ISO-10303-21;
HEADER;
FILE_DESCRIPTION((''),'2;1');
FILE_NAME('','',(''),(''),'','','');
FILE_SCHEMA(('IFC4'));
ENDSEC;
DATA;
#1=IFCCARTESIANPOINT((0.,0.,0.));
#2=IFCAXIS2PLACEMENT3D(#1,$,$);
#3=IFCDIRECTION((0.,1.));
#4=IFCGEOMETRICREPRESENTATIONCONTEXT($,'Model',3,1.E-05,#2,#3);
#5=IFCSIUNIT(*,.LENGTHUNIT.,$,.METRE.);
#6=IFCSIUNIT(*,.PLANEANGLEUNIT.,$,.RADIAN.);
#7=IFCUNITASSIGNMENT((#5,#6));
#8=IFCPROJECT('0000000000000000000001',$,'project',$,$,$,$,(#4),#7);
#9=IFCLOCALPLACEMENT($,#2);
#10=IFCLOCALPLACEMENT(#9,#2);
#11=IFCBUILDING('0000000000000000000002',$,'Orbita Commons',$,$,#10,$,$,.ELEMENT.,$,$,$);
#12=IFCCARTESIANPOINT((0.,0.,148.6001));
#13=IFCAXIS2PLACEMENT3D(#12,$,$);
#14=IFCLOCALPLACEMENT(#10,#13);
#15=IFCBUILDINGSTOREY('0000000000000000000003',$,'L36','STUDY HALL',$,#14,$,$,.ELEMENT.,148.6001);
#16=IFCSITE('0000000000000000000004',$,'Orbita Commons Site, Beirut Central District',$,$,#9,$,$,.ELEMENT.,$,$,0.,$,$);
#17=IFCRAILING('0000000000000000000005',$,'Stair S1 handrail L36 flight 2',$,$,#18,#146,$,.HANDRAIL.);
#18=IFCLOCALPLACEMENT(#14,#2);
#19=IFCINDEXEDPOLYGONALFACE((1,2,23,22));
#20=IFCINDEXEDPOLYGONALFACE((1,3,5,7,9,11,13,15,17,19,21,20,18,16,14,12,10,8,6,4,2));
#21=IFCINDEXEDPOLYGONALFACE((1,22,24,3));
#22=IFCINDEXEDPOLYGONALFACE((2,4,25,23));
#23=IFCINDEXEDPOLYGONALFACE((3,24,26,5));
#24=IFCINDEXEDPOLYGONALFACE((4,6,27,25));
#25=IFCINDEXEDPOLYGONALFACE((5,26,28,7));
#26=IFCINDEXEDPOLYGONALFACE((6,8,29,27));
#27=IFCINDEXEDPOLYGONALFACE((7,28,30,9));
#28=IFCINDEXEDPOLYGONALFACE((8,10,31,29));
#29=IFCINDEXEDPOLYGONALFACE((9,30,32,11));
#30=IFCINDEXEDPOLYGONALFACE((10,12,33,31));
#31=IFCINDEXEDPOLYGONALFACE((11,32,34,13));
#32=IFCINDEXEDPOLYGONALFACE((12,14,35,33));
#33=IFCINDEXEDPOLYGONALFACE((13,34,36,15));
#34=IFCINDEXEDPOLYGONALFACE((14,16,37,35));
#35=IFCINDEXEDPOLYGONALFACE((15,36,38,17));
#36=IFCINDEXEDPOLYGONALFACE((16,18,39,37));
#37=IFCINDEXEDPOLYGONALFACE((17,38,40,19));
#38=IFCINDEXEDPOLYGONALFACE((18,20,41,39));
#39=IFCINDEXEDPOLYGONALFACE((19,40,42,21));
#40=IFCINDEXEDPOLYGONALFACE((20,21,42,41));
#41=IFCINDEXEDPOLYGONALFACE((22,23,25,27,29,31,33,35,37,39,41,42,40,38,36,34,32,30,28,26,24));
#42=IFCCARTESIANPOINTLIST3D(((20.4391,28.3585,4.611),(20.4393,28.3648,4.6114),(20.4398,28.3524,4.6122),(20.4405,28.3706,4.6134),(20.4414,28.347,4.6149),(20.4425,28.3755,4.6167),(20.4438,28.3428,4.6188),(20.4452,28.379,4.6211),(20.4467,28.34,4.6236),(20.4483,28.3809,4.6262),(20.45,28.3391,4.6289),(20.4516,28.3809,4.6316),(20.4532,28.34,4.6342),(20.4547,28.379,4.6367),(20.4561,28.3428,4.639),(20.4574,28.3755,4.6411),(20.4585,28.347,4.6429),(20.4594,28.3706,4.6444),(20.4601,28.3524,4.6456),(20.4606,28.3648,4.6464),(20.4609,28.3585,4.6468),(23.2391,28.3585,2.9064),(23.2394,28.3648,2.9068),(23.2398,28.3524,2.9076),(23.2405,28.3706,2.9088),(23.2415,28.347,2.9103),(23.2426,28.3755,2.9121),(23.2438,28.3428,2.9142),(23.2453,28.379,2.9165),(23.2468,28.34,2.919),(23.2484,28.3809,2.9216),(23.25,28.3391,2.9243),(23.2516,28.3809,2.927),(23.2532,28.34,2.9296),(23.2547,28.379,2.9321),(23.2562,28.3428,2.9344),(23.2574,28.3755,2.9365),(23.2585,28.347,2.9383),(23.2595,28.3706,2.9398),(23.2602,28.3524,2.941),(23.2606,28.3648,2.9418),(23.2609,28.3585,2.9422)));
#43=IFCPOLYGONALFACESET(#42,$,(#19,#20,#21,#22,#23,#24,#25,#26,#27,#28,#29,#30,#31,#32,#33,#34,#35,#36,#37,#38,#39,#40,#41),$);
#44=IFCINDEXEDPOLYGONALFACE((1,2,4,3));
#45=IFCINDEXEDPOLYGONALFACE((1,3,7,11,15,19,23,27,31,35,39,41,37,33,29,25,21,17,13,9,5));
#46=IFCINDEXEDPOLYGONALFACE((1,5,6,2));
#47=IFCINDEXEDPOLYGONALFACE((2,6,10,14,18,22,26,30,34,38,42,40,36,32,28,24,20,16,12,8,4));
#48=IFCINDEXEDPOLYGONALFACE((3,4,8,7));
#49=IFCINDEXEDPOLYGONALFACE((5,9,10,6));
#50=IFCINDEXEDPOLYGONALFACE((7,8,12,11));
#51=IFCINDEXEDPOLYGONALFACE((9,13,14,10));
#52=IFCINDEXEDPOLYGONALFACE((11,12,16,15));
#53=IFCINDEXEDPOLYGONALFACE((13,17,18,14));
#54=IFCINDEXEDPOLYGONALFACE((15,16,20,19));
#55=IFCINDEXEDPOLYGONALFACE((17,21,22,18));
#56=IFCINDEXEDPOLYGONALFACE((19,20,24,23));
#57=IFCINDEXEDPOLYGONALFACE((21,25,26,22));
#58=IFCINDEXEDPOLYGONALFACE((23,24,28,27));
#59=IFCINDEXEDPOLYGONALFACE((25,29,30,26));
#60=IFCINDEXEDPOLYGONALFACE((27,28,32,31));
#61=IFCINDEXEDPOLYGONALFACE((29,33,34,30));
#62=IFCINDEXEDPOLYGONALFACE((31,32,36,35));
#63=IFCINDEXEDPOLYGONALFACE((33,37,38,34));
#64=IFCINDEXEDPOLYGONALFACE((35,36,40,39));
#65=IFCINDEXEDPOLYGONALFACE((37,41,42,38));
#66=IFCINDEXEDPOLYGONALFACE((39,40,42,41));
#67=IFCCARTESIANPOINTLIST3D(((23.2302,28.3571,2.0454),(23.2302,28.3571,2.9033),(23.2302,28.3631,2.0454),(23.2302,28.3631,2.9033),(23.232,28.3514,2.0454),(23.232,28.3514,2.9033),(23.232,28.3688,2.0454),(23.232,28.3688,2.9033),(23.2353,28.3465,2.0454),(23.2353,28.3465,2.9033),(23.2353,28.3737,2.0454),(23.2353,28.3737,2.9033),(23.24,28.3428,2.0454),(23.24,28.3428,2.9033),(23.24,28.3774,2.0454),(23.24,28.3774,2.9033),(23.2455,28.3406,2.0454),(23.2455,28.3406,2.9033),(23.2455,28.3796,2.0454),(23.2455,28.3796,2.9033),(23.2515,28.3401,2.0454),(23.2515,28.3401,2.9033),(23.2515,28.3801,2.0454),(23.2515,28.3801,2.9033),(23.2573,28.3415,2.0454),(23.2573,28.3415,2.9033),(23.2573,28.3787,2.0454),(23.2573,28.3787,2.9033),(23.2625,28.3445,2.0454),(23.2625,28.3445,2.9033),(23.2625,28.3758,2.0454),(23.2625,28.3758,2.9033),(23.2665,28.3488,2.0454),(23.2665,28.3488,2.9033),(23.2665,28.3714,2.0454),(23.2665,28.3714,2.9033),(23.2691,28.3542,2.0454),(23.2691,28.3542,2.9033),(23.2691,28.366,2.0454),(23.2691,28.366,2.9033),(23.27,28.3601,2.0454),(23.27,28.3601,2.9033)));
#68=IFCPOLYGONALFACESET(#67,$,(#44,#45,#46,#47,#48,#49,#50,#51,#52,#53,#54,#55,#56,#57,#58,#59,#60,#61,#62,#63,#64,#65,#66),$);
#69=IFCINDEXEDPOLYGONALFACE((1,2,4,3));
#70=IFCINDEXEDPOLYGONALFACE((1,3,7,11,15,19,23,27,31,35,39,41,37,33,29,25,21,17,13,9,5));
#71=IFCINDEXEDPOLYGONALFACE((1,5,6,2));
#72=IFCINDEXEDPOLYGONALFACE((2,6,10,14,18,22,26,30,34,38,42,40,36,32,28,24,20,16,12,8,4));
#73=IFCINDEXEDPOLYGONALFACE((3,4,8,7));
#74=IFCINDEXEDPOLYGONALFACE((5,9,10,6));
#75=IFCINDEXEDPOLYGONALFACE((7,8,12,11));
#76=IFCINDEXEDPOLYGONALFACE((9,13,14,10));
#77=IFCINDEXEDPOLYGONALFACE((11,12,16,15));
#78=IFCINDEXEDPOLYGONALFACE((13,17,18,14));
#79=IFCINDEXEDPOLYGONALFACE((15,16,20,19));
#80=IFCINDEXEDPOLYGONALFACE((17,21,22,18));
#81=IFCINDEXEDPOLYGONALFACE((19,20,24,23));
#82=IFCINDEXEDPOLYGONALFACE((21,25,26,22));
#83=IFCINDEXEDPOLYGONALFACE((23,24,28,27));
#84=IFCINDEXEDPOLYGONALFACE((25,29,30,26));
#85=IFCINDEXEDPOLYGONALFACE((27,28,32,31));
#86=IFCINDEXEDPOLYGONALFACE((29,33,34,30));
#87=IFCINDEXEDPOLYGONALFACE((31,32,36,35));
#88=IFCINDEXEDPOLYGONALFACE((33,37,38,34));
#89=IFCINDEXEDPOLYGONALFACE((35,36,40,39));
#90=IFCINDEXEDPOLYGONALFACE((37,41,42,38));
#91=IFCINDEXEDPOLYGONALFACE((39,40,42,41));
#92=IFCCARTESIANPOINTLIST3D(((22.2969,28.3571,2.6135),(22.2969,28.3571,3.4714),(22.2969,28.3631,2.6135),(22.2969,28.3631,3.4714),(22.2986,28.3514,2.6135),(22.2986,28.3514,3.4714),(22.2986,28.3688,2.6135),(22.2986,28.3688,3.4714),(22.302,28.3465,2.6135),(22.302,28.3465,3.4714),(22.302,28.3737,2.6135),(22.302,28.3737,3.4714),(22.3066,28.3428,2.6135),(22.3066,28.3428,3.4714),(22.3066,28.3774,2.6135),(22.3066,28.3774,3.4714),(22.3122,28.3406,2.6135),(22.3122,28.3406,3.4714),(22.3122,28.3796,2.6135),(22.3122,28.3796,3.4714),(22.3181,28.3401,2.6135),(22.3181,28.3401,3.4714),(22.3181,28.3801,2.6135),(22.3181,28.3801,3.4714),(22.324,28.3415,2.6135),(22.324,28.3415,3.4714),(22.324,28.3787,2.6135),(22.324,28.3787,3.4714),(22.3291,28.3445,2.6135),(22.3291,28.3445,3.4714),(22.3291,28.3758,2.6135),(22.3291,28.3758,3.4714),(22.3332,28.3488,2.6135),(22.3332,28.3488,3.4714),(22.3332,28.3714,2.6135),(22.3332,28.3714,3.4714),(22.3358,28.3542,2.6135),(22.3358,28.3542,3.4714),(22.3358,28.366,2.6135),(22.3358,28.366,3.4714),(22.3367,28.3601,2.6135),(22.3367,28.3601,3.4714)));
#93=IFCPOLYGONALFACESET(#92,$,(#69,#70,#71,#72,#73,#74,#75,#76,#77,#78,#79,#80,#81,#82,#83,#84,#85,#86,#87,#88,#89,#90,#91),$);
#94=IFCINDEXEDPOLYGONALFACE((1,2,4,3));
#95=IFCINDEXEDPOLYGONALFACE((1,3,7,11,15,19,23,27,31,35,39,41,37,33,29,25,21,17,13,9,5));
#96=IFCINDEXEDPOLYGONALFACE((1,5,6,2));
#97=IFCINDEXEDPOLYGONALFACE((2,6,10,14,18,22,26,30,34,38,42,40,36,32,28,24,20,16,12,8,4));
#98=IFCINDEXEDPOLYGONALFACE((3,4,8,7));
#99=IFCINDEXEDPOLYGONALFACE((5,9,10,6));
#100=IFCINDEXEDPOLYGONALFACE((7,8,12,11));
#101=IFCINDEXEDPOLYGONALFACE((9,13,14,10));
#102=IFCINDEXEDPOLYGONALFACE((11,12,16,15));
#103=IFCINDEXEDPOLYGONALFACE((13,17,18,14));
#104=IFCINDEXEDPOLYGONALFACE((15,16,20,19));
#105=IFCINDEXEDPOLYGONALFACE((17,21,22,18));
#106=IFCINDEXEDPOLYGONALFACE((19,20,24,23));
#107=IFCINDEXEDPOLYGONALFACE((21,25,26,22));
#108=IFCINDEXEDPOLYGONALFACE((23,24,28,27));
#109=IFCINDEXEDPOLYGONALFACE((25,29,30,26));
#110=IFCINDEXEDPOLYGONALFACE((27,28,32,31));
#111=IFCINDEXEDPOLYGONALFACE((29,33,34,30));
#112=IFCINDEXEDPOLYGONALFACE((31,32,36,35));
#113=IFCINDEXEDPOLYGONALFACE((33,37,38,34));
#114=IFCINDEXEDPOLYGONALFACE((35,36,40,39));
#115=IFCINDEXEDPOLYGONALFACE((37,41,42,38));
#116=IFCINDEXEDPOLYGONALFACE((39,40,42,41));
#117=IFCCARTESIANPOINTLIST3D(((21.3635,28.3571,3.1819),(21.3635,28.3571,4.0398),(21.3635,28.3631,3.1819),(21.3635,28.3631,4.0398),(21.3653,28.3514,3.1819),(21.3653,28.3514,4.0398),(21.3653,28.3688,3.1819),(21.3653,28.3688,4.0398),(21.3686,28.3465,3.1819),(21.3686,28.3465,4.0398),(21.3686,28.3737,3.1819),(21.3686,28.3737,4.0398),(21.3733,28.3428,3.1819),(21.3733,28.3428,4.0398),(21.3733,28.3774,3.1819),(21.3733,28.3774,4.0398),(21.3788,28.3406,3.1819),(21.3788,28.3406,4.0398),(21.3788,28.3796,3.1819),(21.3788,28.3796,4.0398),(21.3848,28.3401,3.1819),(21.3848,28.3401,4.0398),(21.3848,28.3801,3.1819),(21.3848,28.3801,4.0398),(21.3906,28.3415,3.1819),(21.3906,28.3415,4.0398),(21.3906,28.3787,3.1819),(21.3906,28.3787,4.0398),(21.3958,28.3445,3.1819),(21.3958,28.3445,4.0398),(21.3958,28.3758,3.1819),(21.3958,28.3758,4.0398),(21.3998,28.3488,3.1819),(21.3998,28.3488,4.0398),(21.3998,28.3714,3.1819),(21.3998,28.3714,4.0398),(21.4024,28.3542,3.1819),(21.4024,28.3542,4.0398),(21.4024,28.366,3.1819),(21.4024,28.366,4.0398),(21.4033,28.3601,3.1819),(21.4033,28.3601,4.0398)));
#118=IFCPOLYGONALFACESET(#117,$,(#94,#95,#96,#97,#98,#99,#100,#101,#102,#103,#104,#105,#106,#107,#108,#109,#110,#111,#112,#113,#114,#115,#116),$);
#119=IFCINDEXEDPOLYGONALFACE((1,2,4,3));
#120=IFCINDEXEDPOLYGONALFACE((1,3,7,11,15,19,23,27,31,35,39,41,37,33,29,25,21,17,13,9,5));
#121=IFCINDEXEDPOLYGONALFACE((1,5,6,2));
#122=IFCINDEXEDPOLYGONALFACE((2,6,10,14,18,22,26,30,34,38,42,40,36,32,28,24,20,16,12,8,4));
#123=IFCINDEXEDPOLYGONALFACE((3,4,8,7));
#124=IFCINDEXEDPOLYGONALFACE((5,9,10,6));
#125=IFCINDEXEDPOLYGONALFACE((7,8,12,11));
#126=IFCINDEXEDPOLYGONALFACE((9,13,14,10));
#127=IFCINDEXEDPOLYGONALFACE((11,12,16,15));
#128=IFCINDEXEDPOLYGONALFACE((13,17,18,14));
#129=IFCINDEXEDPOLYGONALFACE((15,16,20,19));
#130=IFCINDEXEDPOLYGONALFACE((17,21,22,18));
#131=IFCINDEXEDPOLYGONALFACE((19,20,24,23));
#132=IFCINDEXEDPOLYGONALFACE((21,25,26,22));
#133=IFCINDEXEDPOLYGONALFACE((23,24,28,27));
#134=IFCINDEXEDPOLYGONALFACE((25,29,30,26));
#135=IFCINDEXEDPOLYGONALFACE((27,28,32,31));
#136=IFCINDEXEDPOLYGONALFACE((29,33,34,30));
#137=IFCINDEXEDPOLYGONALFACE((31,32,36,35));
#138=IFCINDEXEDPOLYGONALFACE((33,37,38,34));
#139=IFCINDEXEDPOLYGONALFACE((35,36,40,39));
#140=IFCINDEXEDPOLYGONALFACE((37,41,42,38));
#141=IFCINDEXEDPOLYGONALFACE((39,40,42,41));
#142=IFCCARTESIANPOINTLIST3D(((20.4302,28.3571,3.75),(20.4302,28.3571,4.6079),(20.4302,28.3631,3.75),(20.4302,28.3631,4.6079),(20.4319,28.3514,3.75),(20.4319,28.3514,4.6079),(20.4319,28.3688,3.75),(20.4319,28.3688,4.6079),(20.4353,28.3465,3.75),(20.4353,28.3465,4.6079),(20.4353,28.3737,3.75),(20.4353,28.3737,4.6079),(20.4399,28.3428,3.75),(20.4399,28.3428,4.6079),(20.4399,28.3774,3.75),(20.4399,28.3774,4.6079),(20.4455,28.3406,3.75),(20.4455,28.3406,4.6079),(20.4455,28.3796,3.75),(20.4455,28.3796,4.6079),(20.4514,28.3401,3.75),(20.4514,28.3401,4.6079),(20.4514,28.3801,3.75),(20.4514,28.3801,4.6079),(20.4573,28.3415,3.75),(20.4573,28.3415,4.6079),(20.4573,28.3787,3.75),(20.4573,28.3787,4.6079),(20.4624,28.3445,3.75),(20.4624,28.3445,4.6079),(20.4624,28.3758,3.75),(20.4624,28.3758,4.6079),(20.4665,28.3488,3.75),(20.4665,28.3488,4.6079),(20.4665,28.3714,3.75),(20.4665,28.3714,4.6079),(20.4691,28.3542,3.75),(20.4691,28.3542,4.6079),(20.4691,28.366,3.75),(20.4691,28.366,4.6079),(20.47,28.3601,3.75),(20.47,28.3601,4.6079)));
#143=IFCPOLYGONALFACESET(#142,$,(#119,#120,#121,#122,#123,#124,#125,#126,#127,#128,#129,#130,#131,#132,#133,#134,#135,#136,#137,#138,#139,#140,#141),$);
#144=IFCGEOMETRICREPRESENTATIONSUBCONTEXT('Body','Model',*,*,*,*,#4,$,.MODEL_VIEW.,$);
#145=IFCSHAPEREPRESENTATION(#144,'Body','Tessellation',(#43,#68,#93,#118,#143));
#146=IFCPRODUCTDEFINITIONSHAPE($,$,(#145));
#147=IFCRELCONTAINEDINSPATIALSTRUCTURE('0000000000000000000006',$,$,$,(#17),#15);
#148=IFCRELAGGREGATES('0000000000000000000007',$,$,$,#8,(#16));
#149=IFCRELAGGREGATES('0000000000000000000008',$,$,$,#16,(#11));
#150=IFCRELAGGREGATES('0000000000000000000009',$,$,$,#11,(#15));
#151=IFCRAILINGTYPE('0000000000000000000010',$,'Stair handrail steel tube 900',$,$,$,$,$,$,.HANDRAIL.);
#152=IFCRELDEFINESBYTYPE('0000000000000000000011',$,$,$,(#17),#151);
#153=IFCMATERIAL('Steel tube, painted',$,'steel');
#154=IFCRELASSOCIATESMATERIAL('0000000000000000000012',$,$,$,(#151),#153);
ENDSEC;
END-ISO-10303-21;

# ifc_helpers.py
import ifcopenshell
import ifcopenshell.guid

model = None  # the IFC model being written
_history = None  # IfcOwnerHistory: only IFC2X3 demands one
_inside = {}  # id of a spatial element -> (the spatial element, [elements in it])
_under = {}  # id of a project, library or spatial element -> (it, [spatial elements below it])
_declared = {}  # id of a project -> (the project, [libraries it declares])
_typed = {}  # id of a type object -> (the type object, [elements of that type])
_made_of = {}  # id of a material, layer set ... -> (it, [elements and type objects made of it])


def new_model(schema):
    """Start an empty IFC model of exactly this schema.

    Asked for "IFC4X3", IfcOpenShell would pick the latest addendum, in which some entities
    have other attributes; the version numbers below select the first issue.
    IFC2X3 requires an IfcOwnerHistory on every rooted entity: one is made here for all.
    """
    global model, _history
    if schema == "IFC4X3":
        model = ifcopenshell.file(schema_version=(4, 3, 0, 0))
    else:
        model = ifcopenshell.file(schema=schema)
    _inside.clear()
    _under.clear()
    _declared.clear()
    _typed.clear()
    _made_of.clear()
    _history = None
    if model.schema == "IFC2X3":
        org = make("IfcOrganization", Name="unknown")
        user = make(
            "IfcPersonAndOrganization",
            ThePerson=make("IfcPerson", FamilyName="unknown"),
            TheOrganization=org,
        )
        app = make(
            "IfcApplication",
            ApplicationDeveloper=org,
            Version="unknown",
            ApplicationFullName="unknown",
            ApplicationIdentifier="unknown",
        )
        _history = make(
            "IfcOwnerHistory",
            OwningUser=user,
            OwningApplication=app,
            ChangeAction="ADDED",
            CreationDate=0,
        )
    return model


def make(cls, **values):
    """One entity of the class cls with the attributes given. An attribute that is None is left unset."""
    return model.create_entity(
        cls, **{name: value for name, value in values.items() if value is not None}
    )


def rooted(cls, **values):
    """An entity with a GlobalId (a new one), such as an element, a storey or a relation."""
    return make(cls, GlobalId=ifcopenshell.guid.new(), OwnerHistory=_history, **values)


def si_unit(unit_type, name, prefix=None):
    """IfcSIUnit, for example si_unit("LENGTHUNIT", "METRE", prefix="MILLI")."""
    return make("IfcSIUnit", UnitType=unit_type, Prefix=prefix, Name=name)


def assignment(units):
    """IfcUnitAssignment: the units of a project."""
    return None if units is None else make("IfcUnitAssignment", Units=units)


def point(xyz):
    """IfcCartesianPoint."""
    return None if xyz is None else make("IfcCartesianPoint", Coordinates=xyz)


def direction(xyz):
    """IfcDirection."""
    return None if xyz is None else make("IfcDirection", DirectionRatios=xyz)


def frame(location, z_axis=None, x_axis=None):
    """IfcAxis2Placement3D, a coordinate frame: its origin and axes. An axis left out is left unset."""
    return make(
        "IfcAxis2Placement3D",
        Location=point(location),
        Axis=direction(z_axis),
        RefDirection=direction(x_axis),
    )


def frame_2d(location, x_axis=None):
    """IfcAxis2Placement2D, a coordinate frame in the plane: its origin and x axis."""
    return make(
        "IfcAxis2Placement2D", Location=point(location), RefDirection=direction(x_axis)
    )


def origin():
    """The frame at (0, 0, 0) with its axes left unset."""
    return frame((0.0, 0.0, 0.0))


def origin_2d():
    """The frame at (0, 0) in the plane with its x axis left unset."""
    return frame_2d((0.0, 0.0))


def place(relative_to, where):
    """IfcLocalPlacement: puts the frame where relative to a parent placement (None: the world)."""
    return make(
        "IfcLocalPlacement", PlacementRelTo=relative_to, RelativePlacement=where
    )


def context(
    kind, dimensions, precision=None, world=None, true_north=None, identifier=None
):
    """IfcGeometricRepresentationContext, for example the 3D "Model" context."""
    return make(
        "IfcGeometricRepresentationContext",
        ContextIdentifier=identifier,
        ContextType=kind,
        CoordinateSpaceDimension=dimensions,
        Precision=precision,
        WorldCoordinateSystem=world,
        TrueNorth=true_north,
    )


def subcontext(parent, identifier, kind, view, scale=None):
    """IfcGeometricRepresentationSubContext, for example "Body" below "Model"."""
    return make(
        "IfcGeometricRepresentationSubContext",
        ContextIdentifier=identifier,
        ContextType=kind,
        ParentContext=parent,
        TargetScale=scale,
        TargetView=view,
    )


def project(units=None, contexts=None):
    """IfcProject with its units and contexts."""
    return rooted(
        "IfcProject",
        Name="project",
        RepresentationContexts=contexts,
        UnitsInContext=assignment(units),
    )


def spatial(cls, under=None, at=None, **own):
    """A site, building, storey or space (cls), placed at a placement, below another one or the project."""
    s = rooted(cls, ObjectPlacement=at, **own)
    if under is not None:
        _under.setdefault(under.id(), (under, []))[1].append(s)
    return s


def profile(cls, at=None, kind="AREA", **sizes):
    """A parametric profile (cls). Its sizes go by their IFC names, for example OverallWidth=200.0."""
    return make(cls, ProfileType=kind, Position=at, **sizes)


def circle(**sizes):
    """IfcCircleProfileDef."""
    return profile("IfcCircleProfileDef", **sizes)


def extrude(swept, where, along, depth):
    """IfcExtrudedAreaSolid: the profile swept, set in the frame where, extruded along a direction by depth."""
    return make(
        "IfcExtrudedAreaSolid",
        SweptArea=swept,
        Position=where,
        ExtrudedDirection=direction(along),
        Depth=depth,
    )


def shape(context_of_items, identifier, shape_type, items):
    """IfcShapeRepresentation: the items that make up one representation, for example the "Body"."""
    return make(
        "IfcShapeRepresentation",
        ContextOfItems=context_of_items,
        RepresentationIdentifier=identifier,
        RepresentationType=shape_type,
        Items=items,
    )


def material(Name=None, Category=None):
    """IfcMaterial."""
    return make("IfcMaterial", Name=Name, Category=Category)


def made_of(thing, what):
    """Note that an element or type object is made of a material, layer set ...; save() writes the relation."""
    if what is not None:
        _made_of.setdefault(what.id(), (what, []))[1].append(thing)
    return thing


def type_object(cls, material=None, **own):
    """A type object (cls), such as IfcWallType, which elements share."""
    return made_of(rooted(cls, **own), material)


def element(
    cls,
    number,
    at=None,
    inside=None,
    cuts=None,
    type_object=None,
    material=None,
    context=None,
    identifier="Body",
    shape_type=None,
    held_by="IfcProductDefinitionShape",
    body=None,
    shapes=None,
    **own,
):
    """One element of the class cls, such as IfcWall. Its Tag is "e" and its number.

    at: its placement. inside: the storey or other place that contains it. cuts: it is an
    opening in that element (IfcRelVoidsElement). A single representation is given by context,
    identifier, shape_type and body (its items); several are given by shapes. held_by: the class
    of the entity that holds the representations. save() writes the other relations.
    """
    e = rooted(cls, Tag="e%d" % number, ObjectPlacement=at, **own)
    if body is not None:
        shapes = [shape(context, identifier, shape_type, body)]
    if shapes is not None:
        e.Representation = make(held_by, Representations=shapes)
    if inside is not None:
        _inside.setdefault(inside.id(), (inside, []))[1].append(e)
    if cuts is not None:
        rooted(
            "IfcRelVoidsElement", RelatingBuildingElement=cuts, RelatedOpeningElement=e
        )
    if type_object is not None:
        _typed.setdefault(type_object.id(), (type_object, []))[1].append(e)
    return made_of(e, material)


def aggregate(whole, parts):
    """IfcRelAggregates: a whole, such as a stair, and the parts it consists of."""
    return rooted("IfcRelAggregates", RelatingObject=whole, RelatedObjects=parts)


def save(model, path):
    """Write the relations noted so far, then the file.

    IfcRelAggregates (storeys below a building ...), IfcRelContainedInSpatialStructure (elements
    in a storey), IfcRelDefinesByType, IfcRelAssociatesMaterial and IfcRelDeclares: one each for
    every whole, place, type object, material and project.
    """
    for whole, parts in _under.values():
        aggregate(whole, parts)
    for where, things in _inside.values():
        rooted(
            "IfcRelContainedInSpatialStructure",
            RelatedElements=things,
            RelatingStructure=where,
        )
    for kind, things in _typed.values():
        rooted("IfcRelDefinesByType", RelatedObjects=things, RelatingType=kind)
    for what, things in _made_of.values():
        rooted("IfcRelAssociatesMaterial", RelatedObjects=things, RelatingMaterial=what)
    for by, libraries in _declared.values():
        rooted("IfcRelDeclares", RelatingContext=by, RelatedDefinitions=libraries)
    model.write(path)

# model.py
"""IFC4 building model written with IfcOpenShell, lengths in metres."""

from ifc_helpers import new_model, si_unit, direction, frame, origin, origin_2d, place, context, subcontext, project, spatial, circle, extrude, material, type_object, element, save


model = new_model("IFC4")

# Units and contexts
model_context = context("Model", 3, precision=1e-05, world=origin(), true_north=direction((0.0, 1.0)))
body_context = subcontext(model_context, "Body", "Model", "MODEL_VIEW")
ifc_project = project(units=[si_unit("LENGTHUNIT", "METRE"), si_unit("PLANEANGLEUNIT", "RADIAN")], contexts=[model_context])

# Site, building, storey
site_placement = place(None, origin())
site = spatial("IfcSite", under=ifc_project, at=site_placement, Name="Orbita Commons Site, Beirut Central District", CompositionType="ELEMENT", RefElevation=0.0)
building_placement = place(site_placement, origin())
building = spatial("IfcBuilding", under=site, at=building_placement, Name="Orbita Commons", CompositionType="ELEMENT")
storey_placement = place(building_placement, frame((0.0, 0.0, 148.6001)))
storey = spatial("IfcBuildingStorey", under=building, at=storey_placement, Name="L36", Description="STUDY HALL", CompositionType="ELEMENT", Elevation=148.6001)

# Railing
ifc_material_1 = material(Name="Steel tube, painted", Category="steel")
railing_type = type_object("IfcRailingType", Name="Stair handrail steel tube 900", PredefinedType="HANDRAIL", material=ifc_material_1)
for number, where, name in (
    (1, (23.25, 28.3601, 2.0454), "Stair S1 handrail L36 flight 2"),
):
    element("IfcRailing", number, at=place(storey_placement, frame(where)), inside=storey, type_object=railing_type, Name=name, PredefinedType="HANDRAIL", context=body_context, shape_type="SweptSolid", body=[
        extrude(circle(Radius=0.021, at=origin_2d()), frame((0.0, 0.0, 0.8789), z_axis=(-0.85417, 0.0, 0.519994), x_axis=(0.0, -1.0, 0.0)), (0.0, 0.0, 1.0), 3.2781),
        extrude(circle(Radius=0.02, at=origin_2d()), origin(), (0.0, 0.0, 1.0), 0.8579),
        extrude(circle(Radius=0.02, at=origin_2d()), frame((-0.9333, 0.0, 0.5681)), (0.0, 0.0, 1.0), 0.8579),
        extrude(circle(Radius=0.02, at=origin_2d()), frame((-1.8667, 0.0, 1.1365)), (0.0, 0.0, 1.0), 0.8579),
        extrude(circle(Radius=0.02, at=origin_2d()), frame((-2.8, 0.0, 1.7046)), (0.0, 0.0, 1.0), 0.8579),
    ])

save(model, "model.ifc")
